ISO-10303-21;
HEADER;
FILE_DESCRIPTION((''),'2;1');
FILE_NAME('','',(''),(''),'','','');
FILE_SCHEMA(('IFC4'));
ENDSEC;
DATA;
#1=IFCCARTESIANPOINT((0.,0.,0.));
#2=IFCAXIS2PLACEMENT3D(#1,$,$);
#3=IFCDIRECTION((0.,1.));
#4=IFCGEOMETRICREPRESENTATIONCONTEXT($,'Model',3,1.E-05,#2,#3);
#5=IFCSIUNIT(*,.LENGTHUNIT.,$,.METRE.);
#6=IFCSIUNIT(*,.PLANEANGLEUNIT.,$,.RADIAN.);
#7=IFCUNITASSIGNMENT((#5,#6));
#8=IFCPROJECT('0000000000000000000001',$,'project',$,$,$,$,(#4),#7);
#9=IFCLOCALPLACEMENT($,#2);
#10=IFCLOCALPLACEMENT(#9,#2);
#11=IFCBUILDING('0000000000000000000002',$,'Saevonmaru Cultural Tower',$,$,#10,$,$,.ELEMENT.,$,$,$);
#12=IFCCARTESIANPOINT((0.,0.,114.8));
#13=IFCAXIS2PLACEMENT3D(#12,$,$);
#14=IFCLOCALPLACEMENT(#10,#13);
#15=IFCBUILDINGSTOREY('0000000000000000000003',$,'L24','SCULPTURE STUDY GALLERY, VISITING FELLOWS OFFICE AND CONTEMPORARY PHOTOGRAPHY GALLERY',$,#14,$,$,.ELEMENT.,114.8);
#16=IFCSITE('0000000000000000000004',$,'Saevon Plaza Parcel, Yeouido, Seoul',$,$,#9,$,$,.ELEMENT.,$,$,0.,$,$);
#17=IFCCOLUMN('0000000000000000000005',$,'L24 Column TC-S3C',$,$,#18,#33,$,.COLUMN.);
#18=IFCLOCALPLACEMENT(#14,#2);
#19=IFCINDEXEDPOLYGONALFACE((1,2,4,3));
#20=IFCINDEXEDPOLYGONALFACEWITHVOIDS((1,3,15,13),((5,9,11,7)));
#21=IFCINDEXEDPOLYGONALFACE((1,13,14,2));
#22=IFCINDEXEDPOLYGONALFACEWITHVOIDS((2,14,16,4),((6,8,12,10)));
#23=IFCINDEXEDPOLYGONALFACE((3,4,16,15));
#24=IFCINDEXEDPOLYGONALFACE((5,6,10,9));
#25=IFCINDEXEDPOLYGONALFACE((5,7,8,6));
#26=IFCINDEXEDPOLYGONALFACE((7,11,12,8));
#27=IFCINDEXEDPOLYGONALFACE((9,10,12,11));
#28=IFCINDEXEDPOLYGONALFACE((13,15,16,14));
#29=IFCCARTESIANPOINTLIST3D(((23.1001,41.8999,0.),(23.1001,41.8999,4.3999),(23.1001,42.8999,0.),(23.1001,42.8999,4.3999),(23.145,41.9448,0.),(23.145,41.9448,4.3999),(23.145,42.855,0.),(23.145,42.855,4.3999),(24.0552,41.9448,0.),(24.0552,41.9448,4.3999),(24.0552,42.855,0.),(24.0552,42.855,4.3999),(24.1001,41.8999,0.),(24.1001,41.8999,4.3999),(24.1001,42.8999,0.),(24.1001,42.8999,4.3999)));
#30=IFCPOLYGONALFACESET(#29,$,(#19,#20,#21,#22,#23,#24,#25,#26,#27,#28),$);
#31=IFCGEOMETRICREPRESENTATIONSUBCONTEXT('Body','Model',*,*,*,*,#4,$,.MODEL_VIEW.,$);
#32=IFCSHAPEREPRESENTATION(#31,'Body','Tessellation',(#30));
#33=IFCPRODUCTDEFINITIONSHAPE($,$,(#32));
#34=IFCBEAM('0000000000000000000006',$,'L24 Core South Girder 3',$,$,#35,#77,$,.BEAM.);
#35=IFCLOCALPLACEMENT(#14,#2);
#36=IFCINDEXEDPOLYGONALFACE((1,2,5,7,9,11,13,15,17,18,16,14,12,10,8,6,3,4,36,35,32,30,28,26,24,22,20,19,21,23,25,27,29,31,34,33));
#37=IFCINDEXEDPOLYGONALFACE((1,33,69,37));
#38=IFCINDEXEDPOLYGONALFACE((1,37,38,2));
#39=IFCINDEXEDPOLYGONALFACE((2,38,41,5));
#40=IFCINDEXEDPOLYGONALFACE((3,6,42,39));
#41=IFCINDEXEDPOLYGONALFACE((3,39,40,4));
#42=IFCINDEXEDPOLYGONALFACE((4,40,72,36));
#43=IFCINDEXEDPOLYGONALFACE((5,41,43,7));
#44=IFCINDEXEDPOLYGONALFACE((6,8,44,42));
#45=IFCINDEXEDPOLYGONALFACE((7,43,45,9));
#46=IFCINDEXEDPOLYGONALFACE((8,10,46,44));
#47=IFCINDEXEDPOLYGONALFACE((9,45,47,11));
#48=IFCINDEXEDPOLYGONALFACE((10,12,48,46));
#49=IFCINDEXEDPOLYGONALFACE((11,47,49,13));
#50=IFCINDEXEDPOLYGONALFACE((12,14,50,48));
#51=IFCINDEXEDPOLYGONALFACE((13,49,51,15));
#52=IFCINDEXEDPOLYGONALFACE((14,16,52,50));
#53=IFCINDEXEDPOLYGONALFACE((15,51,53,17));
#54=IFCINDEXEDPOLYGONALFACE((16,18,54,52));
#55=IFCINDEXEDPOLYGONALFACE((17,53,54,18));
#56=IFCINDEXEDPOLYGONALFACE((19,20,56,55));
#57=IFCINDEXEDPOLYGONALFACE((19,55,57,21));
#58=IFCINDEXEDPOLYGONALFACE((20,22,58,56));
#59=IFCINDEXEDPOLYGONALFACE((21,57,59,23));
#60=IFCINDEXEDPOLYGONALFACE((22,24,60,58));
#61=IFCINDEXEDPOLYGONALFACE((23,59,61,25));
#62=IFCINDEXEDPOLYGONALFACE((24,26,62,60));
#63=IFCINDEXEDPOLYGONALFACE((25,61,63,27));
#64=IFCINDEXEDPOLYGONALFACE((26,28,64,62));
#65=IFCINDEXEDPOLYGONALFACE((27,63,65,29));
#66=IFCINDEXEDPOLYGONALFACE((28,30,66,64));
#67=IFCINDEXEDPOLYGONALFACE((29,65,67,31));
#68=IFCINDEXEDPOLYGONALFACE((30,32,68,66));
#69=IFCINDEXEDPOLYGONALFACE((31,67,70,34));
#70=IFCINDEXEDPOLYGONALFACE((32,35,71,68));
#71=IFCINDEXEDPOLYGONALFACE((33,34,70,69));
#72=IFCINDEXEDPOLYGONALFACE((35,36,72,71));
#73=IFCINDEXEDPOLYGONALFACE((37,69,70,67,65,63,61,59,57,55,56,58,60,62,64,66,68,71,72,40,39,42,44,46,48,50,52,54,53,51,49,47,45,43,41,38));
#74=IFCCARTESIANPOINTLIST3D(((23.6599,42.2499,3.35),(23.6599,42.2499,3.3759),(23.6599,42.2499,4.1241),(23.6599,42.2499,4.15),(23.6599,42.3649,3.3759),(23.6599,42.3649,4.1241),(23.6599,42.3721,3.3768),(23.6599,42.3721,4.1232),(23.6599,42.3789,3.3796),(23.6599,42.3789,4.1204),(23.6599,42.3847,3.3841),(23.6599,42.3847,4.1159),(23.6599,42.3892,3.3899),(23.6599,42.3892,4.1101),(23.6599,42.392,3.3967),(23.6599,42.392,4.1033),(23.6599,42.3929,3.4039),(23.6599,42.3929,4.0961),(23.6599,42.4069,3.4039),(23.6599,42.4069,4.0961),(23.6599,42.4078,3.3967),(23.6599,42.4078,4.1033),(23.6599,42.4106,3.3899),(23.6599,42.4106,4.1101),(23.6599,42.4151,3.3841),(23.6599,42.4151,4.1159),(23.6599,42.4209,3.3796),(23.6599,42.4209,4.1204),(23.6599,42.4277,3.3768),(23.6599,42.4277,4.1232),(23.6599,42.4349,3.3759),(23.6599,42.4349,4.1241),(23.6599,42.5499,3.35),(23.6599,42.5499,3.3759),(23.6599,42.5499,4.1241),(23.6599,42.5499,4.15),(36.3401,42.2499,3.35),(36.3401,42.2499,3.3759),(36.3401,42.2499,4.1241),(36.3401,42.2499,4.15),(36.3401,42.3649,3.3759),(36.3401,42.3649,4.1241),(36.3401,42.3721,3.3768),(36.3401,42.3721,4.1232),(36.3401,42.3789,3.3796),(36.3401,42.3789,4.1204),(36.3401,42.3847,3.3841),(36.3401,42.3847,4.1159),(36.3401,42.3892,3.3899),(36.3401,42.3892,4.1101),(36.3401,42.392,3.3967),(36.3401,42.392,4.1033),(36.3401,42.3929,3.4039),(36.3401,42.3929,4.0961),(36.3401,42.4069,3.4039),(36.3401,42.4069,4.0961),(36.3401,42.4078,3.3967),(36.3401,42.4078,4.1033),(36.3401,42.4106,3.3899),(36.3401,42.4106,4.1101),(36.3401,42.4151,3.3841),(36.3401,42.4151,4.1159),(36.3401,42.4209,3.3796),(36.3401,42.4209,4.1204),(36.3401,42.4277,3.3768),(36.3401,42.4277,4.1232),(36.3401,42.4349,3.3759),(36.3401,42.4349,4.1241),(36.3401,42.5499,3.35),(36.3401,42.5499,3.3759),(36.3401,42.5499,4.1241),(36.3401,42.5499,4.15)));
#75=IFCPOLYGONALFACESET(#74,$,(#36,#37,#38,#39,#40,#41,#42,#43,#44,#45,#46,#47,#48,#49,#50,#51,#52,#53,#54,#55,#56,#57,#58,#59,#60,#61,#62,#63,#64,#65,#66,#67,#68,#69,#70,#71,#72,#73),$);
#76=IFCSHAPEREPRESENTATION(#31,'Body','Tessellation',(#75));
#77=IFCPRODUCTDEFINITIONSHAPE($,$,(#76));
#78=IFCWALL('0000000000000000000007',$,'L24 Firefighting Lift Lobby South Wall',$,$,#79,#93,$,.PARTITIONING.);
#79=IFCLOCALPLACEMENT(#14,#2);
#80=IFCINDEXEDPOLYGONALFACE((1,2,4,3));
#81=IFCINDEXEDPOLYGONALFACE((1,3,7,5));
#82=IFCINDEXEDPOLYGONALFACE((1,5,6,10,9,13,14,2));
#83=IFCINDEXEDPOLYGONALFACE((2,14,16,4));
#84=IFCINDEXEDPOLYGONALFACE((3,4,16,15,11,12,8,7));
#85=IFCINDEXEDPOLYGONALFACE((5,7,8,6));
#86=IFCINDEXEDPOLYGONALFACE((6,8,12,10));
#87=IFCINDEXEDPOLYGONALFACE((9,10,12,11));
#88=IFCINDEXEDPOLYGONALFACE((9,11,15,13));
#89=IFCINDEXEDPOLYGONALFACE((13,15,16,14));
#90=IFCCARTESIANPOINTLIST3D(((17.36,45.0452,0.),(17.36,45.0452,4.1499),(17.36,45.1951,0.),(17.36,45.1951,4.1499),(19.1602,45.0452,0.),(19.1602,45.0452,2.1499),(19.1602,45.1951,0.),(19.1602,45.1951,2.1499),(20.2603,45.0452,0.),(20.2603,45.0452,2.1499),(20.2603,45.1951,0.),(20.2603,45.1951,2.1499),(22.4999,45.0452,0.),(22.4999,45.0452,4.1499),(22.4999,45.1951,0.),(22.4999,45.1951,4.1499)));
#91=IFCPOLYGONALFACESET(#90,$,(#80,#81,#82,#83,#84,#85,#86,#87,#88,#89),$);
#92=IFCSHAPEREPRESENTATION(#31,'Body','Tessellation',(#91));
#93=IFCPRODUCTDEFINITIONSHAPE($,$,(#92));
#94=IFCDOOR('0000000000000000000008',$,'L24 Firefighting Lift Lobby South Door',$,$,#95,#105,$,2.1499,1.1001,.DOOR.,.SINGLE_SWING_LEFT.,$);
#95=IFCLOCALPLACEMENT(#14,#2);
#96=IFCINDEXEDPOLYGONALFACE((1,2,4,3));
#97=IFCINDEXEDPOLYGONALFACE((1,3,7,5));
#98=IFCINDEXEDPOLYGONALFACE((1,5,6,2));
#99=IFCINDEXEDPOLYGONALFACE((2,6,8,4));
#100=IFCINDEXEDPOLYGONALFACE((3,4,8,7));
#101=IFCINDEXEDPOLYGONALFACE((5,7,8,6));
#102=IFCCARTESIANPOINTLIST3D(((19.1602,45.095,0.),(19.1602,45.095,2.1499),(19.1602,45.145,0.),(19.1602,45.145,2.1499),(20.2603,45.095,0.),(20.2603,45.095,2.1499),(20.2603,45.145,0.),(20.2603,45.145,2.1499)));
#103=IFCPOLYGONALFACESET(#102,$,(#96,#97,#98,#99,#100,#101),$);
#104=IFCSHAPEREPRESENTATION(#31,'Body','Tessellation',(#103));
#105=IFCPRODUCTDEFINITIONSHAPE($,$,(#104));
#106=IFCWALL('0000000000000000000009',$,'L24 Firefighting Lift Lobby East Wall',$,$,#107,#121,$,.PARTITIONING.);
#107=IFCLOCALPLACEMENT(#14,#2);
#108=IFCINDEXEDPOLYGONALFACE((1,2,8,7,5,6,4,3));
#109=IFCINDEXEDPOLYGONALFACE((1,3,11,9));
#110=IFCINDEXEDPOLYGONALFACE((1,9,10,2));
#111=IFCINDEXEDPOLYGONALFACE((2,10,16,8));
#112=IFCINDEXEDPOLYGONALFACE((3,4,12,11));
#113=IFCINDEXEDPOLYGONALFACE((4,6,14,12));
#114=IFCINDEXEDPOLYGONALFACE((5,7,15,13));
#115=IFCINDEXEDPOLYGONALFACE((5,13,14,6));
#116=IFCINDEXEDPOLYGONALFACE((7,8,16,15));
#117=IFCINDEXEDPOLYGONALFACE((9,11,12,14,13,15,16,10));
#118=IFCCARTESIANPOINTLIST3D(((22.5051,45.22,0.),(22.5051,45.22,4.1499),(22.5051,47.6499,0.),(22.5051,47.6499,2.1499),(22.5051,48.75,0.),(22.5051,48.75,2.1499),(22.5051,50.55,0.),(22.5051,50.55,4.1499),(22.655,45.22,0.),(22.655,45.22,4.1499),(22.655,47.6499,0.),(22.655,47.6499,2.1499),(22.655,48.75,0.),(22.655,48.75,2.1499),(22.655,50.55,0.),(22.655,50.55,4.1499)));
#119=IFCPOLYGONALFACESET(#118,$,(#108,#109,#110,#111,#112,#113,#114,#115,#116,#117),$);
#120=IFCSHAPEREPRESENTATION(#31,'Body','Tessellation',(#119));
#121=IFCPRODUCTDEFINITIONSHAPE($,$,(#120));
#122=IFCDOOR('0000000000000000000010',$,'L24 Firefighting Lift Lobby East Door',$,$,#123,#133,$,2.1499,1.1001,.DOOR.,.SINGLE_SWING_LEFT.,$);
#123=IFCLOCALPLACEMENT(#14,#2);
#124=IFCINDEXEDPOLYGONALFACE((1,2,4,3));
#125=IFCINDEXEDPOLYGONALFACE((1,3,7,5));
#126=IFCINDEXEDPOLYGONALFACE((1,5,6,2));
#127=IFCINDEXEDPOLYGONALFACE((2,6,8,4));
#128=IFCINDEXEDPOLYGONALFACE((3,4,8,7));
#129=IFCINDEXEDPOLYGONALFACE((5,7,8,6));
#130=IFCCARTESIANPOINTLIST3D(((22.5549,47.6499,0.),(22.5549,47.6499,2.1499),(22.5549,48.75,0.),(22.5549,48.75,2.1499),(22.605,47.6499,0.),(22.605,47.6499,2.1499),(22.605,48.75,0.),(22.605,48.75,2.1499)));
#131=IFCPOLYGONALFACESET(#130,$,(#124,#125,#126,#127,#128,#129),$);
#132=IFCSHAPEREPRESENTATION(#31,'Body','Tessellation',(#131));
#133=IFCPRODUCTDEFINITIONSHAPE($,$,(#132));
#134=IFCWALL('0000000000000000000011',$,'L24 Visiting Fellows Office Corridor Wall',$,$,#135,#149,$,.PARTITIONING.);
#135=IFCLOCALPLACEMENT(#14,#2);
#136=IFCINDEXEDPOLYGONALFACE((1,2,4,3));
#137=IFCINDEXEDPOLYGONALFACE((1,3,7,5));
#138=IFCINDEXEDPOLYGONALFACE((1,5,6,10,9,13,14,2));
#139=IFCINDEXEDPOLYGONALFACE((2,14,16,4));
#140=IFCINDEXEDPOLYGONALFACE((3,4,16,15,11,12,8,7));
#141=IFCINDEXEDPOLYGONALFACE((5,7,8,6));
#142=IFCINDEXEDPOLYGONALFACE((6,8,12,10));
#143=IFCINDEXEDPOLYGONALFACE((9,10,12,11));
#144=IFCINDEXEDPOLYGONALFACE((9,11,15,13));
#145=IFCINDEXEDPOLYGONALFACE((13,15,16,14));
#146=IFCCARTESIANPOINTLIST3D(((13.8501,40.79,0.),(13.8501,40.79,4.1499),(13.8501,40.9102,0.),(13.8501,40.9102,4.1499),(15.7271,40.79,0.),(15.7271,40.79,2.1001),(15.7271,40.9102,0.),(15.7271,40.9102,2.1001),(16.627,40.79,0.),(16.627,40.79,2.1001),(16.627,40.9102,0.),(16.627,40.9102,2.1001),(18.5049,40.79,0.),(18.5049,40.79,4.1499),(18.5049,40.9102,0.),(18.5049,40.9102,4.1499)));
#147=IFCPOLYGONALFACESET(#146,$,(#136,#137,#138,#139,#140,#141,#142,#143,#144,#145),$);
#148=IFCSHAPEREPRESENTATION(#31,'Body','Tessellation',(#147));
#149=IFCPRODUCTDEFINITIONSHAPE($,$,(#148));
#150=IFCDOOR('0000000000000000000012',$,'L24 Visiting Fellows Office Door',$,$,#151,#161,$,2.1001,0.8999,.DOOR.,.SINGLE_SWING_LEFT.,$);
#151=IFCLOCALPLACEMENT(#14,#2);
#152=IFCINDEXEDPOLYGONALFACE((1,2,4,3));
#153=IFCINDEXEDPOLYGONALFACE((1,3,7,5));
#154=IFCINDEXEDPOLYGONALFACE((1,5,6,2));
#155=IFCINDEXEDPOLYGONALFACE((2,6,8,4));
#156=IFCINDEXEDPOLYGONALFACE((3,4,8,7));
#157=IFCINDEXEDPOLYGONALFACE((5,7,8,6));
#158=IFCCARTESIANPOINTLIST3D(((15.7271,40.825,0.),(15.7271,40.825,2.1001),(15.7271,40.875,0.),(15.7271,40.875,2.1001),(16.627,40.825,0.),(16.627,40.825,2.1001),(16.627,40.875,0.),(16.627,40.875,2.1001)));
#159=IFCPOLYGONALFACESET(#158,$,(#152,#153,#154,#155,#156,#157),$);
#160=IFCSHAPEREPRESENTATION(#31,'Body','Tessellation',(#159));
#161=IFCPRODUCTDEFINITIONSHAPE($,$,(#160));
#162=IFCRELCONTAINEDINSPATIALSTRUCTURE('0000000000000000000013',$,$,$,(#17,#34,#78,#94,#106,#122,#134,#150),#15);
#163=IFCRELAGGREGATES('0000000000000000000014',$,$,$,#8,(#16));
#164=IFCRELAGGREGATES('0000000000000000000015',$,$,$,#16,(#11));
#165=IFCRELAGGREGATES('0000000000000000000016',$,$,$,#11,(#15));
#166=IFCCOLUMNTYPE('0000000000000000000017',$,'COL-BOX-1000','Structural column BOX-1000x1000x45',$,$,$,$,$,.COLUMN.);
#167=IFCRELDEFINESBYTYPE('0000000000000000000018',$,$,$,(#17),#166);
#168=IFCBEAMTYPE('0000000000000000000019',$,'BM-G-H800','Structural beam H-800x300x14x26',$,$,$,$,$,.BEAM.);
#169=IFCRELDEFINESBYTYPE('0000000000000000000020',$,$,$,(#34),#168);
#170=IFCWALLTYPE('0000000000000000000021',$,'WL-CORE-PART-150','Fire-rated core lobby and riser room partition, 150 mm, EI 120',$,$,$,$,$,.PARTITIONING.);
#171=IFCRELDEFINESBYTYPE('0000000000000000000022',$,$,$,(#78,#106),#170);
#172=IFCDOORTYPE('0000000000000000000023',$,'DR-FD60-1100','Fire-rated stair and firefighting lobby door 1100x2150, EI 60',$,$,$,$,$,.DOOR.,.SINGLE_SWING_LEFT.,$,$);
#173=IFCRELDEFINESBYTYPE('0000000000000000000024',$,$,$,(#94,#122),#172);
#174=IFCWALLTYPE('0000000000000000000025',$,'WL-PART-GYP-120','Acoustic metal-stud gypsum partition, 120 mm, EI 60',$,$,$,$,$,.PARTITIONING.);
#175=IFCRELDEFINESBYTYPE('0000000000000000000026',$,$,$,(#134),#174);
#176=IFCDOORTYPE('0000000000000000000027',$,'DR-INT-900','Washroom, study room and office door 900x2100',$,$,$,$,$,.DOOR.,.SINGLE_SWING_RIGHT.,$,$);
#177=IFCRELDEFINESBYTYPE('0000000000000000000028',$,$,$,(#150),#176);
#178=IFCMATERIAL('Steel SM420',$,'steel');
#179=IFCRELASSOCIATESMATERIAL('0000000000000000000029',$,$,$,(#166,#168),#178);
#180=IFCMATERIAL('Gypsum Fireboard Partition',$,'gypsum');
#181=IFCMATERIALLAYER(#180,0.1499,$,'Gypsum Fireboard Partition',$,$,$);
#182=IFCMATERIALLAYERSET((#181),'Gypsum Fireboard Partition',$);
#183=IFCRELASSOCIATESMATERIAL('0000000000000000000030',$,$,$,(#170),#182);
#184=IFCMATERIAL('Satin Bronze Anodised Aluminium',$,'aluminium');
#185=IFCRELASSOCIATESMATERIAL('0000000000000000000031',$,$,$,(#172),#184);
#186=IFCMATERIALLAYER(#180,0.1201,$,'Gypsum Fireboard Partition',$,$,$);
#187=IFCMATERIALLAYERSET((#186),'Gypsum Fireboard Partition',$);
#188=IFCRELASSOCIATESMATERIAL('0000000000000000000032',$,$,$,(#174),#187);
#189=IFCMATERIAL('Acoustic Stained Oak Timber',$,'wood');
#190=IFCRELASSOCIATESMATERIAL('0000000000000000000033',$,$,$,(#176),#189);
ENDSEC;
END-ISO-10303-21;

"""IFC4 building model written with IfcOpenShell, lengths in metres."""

from ifc_helpers import new_model, si_unit, direction, frame, frame_2d, origin, origin_2d, place, context, subcontext, project, spatial, rectangle, hollow_rectangle, i_section, extrude, material, layer, layer_set, material_profile, profile_set, type_object, element, fill, save


model = new_model("IFC4")

# Units and contexts
model_context = context("Model", 3, precision=1e-05, world=origin(), true_north=direction((0.0, 1.0)))
body_context = subcontext(model_context, "Body", "Model", "MODEL_VIEW")
ifc_project = project(units=[si_unit("LENGTHUNIT", "METRE"), si_unit("PLANEANGLEUNIT", "RADIAN")], contexts=[model_context])

# Site, building, storey
site_placement = place(None, origin())
site = spatial("IfcSite", under=ifc_project, at=site_placement, Name="Saevon Plaza Parcel, Yeouido, Seoul", CompositionType="ELEMENT", RefElevation=0.0)
building_placement = place(site_placement, origin())
building = spatial("IfcBuilding", under=site, at=building_placement, Name="Saevonmaru Cultural Tower", CompositionType="ELEMENT")
storey_placement = place(building_placement, frame((0.0, 0.0, 114.8)))
storey = spatial("IfcBuildingStorey", under=building, at=storey_placement, Name="L24", Description="SCULPTURE STUDY GALLERY, VISITING FELLOWS OFFICE AND CONTEMPORARY PHOTOGRAPHY GALLERY", CompositionType="ELEMENT", Elevation=114.8)

# Column
ifc_material_1 = material(Name="Steel SM420", Category="steel")
ifc_material_profile_1 = material_profile(ifc_material_1, hollow_rectangle(XDim=1.0, YDim=1.0, WallThickness=0.0449, at=origin_2d()), Name="BOX-1000x1000x45")
ifc_profile_set_1 = profile_set([ifc_material_profile_1], Name="Steel SM420")
column_type = type_object("IfcColumnType", Name="COL-BOX-1000", Description="Structural column BOX-1000x1000x45", PredefinedType="COLUMN", material=ifc_profile_set_1)
column_placement = place(storey_placement, frame((23.6001, 42.3999, 0.0), z_axis=(0.0, 0.0, 1.0), x_axis=(1.0, 0.0, 0.0)))
element("IfcColumn", 1, at=column_placement, inside=storey, type_object=column_type, Name="L24 Column TC-S3C", PredefinedType="COLUMN", context=body_context, shape_type="SweptSolid", body=[
    extrude(hollow_rectangle(XDim=1.0, YDim=1.0, WallThickness=0.0449, at=origin_2d()), origin(), (0.0, 0.0, 1.0), 4.3999),
])

# Beam
ifc_material_profile_2 = material_profile(ifc_material_1, i_section(OverallWidth=0.3, OverallDepth=0.8, WebThickness=0.0139, FlangeThickness=0.0259, FilletRadius=0.0281, at=origin_2d()), Name="H-800x300x14x26")
ifc_profile_set_2 = profile_set([ifc_material_profile_2], Name="Steel SM420")
beam_type = type_object("IfcBeamType", Name="BM-G-H800", Description="Structural beam H-800x300x14x26", PredefinedType="BEAM", material=ifc_profile_set_2)
beam_placement = place(storey_placement, frame((23.6599, 42.3999, 3.75), z_axis=(1.0, 0.0, 0.0), x_axis=(0.0, 1.0, 0.0)))
element("IfcBeam", 2, at=beam_placement, inside=storey, type_object=beam_type, Name="L24 Core South Girder 3", PredefinedType="BEAM", context=body_context, shape_type="SweptSolid", body=[
    extrude(i_section(OverallWidth=0.3, OverallDepth=0.8, WebThickness=0.0139, FlangeThickness=0.0259, FilletRadius=0.0281, at=origin_2d()), origin(), (0.0, 0.0, 1.0), 12.6802),
])

# Walls, openings, doors
ifc_material_2 = material(Name="Gypsum Fireboard Partition", Category="gypsum")
ifc_layer_1 = layer(ifc_material_2, 0.1499, Name="Gypsum Fireboard Partition")
ifc_layer_set_1 = layer_set([ifc_layer_1], Name="Gypsum Fireboard Partition")
wall_type_1 = type_object("IfcWallType", Name="WL-CORE-PART-150", Description="Fire-rated core lobby and riser room partition, 150 mm, EI 120", PredefinedType="PARTITIONING", material=ifc_layer_set_1)
wall_1_placement = place(storey_placement, frame((17.3601, 45.1201, 0.0), z_axis=(0.0, 0.0, 1.0), x_axis=(1.0, 0.0, 0.0)))
wall_1 = element("IfcWall", 3, at=wall_1_placement, inside=storey, type_object=wall_type_1, Name="L24 Firefighting Lift Lobby South Wall", PredefinedType="PARTITIONING", context=body_context, shape_type="SweptSolid", body=[
    extrude(rectangle(XDim=5.1399, YDim=0.1499, at=frame_2d((2.5698, 0.0))), origin(), (0.0, 0.0, 1.0), 4.1499),
])
opening_1_placement = place(wall_1_placement, frame((1.8, 0.0, 0.0)))
opening_1 = element("IfcOpeningElement", 4, at=opening_1_placement, cuts=wall_1, PredefinedType="OPENING", context=body_context, shape_type="SweptSolid", body=[
    extrude(rectangle(XDim=1.1001, YDim=2.1499, at=frame_2d((0.55, 1.075))), frame((0.0, 0.085, 0.0), z_axis=(0.0, -1.0, 0.0), x_axis=(1.0, 0.0, 0.0)), (0.0, 0.0, 1.0), 0.1699),
])
ifc_material_3 = material(Name="Satin Bronze Anodised Aluminium", Category="aluminium")
door_type_1 = type_object("IfcDoorType", Name="DR-FD60-1100", Description="Fire-rated stair and firefighting lobby door 1100x2150, EI 60", OperationType="SINGLE_SWING_LEFT", PredefinedType="DOOR", material=ifc_material_3)
door_1_placement = place(opening_1_placement, origin())
door_1 = element("IfcDoor", 5, at=door_1_placement, inside=storey, type_object=door_type_1, Name="L24 Firefighting Lift Lobby South Door", OperationType="SINGLE_SWING_LEFT", OverallHeight=2.1499, OverallWidth=1.1001, PredefinedType="DOOR", context=body_context, shape_type="SweptSolid", body=[
    extrude(rectangle(XDim=1.1001, YDim=2.1499, at=frame_2d((0.55, 1.075))), frame((0.0, 0.0249, 0.0), z_axis=(0.0, -1.0, 0.0), x_axis=(1.0, 0.0, 0.0)), (0.0, 0.0, 1.0), 0.05),
])
fill(opening_1, door_1)
wall_2_placement = place(storey_placement, frame((22.5801, 50.55, 0.0), z_axis=(0.0, 0.0, 1.0), x_axis=(0.0, -1.0, 0.0)))
wall_2 = element("IfcWall", 6, at=wall_2_placement, inside=storey, type_object=wall_type_1, Name="L24 Firefighting Lift Lobby East Wall", PredefinedType="PARTITIONING", context=body_context, shape_type="SweptSolid", body=[
    extrude(rectangle(XDim=5.3301, YDim=0.1499, at=frame_2d((2.665, 0.0))), origin(), (0.0, 0.0, 1.0), 4.1499),
])
opening_2_placement = place(wall_2_placement, frame((1.8, 0.0, 0.0)))
opening_2 = element("IfcOpeningElement", 7, at=opening_2_placement, cuts=wall_2, PredefinedType="OPENING", context=body_context, shape_type="SweptSolid", body=[
    extrude(rectangle(XDim=1.1001, YDim=2.1499, at=frame_2d((0.55, 1.075))), frame((0.0, 0.085, 0.0), z_axis=(0.0, -1.0, 0.0), x_axis=(1.0, 0.0, 0.0)), (0.0, 0.0, 1.0), 0.1699),
])
door_2_placement = place(opening_2_placement, origin())
door_2 = element("IfcDoor", 8, at=door_2_placement, inside=storey, type_object=door_type_1, Name="L24 Firefighting Lift Lobby East Door", OperationType="SINGLE_SWING_LEFT", OverallHeight=2.1499, OverallWidth=1.1001, PredefinedType="DOOR", context=body_context, shape_type="SweptSolid", body=[
    extrude(rectangle(XDim=1.1001, YDim=2.1499, at=frame_2d((0.55, 1.075))), frame((0.0, 0.0249, 0.0), z_axis=(0.0, -1.0, 0.0), x_axis=(1.0, 0.0, 0.0)), (0.0, 0.0, 1.0), 0.05),
])
fill(opening_2, door_2)
ifc_layer_2 = layer(ifc_material_2, 0.1201, Name="Gypsum Fireboard Partition")
ifc_layer_set_2 = layer_set([ifc_layer_2], Name="Gypsum Fireboard Partition")
wall_type_2 = type_object("IfcWallType", Name="WL-PART-GYP-120", Description="Acoustic metal-stud gypsum partition, 120 mm, EI 60", PredefinedType="PARTITIONING", material=ifc_layer_set_2)
wall_3_placement = place(storey_placement, frame((13.8501, 40.8501, 0.0), z_axis=(0.0, 0.0, 1.0), x_axis=(1.0, 0.0, 0.0)))
wall_3 = element("IfcWall", 9, at=wall_3_placement, inside=storey, type_object=wall_type_2, Name="L24 Visiting Fellows Office Corridor Wall", PredefinedType="PARTITIONING", context=body_context, shape_type="SweptSolid", body=[
    extrude(rectangle(XDim=4.6548, YDim=0.1201, at=frame_2d((2.3274, 0.0))), origin(), (0.0, 0.0, 1.0), 4.1499),
])
opening_3_placement = place(wall_3_placement, frame((1.877, 0.0, 0.0)))
opening_3 = element("IfcOpeningElement", 10, at=opening_3_placement, cuts=wall_3, PredefinedType="OPENING", context=body_context, shape_type="SweptSolid", body=[
    extrude(rectangle(XDim=0.8999, YDim=2.1001, at=frame_2d((0.45, 1.05))), frame((0.0, 0.0701, 0.0), z_axis=(0.0, -1.0, 0.0), x_axis=(1.0, 0.0, 0.0)), (0.0, 0.0, 1.0), 0.1401),
])
ifc_material_4 = material(Name="Acoustic Stained Oak Timber", Category="wood")
door_type_2 = type_object("IfcDoorType", Name="DR-INT-900", Description="Washroom, study room and office door 900x2100", OperationType="SINGLE_SWING_RIGHT", PredefinedType="DOOR", material=ifc_material_4)
door_3_placement = place(opening_3_placement, origin())
door_3 = element("IfcDoor", 11, at=door_3_placement, inside=storey, type_object=door_type_2, Name="L24 Visiting Fellows Office Door", OperationType="SINGLE_SWING_LEFT", OverallHeight=2.1001, OverallWidth=0.8999, PredefinedType="DOOR", context=body_context, shape_type="SweptSolid", body=[
    extrude(rectangle(XDim=0.8999, YDim=2.1001, at=frame_2d((0.45, 1.05))), frame((0.0, 0.0249, 0.0), z_axis=(0.0, -1.0, 0.0), x_axis=(1.0, 0.0, 0.0)), (0.0, 0.0, 1.0), 0.05),
])
fill(opening_3, door_3)

save(model, "model.ifc")
